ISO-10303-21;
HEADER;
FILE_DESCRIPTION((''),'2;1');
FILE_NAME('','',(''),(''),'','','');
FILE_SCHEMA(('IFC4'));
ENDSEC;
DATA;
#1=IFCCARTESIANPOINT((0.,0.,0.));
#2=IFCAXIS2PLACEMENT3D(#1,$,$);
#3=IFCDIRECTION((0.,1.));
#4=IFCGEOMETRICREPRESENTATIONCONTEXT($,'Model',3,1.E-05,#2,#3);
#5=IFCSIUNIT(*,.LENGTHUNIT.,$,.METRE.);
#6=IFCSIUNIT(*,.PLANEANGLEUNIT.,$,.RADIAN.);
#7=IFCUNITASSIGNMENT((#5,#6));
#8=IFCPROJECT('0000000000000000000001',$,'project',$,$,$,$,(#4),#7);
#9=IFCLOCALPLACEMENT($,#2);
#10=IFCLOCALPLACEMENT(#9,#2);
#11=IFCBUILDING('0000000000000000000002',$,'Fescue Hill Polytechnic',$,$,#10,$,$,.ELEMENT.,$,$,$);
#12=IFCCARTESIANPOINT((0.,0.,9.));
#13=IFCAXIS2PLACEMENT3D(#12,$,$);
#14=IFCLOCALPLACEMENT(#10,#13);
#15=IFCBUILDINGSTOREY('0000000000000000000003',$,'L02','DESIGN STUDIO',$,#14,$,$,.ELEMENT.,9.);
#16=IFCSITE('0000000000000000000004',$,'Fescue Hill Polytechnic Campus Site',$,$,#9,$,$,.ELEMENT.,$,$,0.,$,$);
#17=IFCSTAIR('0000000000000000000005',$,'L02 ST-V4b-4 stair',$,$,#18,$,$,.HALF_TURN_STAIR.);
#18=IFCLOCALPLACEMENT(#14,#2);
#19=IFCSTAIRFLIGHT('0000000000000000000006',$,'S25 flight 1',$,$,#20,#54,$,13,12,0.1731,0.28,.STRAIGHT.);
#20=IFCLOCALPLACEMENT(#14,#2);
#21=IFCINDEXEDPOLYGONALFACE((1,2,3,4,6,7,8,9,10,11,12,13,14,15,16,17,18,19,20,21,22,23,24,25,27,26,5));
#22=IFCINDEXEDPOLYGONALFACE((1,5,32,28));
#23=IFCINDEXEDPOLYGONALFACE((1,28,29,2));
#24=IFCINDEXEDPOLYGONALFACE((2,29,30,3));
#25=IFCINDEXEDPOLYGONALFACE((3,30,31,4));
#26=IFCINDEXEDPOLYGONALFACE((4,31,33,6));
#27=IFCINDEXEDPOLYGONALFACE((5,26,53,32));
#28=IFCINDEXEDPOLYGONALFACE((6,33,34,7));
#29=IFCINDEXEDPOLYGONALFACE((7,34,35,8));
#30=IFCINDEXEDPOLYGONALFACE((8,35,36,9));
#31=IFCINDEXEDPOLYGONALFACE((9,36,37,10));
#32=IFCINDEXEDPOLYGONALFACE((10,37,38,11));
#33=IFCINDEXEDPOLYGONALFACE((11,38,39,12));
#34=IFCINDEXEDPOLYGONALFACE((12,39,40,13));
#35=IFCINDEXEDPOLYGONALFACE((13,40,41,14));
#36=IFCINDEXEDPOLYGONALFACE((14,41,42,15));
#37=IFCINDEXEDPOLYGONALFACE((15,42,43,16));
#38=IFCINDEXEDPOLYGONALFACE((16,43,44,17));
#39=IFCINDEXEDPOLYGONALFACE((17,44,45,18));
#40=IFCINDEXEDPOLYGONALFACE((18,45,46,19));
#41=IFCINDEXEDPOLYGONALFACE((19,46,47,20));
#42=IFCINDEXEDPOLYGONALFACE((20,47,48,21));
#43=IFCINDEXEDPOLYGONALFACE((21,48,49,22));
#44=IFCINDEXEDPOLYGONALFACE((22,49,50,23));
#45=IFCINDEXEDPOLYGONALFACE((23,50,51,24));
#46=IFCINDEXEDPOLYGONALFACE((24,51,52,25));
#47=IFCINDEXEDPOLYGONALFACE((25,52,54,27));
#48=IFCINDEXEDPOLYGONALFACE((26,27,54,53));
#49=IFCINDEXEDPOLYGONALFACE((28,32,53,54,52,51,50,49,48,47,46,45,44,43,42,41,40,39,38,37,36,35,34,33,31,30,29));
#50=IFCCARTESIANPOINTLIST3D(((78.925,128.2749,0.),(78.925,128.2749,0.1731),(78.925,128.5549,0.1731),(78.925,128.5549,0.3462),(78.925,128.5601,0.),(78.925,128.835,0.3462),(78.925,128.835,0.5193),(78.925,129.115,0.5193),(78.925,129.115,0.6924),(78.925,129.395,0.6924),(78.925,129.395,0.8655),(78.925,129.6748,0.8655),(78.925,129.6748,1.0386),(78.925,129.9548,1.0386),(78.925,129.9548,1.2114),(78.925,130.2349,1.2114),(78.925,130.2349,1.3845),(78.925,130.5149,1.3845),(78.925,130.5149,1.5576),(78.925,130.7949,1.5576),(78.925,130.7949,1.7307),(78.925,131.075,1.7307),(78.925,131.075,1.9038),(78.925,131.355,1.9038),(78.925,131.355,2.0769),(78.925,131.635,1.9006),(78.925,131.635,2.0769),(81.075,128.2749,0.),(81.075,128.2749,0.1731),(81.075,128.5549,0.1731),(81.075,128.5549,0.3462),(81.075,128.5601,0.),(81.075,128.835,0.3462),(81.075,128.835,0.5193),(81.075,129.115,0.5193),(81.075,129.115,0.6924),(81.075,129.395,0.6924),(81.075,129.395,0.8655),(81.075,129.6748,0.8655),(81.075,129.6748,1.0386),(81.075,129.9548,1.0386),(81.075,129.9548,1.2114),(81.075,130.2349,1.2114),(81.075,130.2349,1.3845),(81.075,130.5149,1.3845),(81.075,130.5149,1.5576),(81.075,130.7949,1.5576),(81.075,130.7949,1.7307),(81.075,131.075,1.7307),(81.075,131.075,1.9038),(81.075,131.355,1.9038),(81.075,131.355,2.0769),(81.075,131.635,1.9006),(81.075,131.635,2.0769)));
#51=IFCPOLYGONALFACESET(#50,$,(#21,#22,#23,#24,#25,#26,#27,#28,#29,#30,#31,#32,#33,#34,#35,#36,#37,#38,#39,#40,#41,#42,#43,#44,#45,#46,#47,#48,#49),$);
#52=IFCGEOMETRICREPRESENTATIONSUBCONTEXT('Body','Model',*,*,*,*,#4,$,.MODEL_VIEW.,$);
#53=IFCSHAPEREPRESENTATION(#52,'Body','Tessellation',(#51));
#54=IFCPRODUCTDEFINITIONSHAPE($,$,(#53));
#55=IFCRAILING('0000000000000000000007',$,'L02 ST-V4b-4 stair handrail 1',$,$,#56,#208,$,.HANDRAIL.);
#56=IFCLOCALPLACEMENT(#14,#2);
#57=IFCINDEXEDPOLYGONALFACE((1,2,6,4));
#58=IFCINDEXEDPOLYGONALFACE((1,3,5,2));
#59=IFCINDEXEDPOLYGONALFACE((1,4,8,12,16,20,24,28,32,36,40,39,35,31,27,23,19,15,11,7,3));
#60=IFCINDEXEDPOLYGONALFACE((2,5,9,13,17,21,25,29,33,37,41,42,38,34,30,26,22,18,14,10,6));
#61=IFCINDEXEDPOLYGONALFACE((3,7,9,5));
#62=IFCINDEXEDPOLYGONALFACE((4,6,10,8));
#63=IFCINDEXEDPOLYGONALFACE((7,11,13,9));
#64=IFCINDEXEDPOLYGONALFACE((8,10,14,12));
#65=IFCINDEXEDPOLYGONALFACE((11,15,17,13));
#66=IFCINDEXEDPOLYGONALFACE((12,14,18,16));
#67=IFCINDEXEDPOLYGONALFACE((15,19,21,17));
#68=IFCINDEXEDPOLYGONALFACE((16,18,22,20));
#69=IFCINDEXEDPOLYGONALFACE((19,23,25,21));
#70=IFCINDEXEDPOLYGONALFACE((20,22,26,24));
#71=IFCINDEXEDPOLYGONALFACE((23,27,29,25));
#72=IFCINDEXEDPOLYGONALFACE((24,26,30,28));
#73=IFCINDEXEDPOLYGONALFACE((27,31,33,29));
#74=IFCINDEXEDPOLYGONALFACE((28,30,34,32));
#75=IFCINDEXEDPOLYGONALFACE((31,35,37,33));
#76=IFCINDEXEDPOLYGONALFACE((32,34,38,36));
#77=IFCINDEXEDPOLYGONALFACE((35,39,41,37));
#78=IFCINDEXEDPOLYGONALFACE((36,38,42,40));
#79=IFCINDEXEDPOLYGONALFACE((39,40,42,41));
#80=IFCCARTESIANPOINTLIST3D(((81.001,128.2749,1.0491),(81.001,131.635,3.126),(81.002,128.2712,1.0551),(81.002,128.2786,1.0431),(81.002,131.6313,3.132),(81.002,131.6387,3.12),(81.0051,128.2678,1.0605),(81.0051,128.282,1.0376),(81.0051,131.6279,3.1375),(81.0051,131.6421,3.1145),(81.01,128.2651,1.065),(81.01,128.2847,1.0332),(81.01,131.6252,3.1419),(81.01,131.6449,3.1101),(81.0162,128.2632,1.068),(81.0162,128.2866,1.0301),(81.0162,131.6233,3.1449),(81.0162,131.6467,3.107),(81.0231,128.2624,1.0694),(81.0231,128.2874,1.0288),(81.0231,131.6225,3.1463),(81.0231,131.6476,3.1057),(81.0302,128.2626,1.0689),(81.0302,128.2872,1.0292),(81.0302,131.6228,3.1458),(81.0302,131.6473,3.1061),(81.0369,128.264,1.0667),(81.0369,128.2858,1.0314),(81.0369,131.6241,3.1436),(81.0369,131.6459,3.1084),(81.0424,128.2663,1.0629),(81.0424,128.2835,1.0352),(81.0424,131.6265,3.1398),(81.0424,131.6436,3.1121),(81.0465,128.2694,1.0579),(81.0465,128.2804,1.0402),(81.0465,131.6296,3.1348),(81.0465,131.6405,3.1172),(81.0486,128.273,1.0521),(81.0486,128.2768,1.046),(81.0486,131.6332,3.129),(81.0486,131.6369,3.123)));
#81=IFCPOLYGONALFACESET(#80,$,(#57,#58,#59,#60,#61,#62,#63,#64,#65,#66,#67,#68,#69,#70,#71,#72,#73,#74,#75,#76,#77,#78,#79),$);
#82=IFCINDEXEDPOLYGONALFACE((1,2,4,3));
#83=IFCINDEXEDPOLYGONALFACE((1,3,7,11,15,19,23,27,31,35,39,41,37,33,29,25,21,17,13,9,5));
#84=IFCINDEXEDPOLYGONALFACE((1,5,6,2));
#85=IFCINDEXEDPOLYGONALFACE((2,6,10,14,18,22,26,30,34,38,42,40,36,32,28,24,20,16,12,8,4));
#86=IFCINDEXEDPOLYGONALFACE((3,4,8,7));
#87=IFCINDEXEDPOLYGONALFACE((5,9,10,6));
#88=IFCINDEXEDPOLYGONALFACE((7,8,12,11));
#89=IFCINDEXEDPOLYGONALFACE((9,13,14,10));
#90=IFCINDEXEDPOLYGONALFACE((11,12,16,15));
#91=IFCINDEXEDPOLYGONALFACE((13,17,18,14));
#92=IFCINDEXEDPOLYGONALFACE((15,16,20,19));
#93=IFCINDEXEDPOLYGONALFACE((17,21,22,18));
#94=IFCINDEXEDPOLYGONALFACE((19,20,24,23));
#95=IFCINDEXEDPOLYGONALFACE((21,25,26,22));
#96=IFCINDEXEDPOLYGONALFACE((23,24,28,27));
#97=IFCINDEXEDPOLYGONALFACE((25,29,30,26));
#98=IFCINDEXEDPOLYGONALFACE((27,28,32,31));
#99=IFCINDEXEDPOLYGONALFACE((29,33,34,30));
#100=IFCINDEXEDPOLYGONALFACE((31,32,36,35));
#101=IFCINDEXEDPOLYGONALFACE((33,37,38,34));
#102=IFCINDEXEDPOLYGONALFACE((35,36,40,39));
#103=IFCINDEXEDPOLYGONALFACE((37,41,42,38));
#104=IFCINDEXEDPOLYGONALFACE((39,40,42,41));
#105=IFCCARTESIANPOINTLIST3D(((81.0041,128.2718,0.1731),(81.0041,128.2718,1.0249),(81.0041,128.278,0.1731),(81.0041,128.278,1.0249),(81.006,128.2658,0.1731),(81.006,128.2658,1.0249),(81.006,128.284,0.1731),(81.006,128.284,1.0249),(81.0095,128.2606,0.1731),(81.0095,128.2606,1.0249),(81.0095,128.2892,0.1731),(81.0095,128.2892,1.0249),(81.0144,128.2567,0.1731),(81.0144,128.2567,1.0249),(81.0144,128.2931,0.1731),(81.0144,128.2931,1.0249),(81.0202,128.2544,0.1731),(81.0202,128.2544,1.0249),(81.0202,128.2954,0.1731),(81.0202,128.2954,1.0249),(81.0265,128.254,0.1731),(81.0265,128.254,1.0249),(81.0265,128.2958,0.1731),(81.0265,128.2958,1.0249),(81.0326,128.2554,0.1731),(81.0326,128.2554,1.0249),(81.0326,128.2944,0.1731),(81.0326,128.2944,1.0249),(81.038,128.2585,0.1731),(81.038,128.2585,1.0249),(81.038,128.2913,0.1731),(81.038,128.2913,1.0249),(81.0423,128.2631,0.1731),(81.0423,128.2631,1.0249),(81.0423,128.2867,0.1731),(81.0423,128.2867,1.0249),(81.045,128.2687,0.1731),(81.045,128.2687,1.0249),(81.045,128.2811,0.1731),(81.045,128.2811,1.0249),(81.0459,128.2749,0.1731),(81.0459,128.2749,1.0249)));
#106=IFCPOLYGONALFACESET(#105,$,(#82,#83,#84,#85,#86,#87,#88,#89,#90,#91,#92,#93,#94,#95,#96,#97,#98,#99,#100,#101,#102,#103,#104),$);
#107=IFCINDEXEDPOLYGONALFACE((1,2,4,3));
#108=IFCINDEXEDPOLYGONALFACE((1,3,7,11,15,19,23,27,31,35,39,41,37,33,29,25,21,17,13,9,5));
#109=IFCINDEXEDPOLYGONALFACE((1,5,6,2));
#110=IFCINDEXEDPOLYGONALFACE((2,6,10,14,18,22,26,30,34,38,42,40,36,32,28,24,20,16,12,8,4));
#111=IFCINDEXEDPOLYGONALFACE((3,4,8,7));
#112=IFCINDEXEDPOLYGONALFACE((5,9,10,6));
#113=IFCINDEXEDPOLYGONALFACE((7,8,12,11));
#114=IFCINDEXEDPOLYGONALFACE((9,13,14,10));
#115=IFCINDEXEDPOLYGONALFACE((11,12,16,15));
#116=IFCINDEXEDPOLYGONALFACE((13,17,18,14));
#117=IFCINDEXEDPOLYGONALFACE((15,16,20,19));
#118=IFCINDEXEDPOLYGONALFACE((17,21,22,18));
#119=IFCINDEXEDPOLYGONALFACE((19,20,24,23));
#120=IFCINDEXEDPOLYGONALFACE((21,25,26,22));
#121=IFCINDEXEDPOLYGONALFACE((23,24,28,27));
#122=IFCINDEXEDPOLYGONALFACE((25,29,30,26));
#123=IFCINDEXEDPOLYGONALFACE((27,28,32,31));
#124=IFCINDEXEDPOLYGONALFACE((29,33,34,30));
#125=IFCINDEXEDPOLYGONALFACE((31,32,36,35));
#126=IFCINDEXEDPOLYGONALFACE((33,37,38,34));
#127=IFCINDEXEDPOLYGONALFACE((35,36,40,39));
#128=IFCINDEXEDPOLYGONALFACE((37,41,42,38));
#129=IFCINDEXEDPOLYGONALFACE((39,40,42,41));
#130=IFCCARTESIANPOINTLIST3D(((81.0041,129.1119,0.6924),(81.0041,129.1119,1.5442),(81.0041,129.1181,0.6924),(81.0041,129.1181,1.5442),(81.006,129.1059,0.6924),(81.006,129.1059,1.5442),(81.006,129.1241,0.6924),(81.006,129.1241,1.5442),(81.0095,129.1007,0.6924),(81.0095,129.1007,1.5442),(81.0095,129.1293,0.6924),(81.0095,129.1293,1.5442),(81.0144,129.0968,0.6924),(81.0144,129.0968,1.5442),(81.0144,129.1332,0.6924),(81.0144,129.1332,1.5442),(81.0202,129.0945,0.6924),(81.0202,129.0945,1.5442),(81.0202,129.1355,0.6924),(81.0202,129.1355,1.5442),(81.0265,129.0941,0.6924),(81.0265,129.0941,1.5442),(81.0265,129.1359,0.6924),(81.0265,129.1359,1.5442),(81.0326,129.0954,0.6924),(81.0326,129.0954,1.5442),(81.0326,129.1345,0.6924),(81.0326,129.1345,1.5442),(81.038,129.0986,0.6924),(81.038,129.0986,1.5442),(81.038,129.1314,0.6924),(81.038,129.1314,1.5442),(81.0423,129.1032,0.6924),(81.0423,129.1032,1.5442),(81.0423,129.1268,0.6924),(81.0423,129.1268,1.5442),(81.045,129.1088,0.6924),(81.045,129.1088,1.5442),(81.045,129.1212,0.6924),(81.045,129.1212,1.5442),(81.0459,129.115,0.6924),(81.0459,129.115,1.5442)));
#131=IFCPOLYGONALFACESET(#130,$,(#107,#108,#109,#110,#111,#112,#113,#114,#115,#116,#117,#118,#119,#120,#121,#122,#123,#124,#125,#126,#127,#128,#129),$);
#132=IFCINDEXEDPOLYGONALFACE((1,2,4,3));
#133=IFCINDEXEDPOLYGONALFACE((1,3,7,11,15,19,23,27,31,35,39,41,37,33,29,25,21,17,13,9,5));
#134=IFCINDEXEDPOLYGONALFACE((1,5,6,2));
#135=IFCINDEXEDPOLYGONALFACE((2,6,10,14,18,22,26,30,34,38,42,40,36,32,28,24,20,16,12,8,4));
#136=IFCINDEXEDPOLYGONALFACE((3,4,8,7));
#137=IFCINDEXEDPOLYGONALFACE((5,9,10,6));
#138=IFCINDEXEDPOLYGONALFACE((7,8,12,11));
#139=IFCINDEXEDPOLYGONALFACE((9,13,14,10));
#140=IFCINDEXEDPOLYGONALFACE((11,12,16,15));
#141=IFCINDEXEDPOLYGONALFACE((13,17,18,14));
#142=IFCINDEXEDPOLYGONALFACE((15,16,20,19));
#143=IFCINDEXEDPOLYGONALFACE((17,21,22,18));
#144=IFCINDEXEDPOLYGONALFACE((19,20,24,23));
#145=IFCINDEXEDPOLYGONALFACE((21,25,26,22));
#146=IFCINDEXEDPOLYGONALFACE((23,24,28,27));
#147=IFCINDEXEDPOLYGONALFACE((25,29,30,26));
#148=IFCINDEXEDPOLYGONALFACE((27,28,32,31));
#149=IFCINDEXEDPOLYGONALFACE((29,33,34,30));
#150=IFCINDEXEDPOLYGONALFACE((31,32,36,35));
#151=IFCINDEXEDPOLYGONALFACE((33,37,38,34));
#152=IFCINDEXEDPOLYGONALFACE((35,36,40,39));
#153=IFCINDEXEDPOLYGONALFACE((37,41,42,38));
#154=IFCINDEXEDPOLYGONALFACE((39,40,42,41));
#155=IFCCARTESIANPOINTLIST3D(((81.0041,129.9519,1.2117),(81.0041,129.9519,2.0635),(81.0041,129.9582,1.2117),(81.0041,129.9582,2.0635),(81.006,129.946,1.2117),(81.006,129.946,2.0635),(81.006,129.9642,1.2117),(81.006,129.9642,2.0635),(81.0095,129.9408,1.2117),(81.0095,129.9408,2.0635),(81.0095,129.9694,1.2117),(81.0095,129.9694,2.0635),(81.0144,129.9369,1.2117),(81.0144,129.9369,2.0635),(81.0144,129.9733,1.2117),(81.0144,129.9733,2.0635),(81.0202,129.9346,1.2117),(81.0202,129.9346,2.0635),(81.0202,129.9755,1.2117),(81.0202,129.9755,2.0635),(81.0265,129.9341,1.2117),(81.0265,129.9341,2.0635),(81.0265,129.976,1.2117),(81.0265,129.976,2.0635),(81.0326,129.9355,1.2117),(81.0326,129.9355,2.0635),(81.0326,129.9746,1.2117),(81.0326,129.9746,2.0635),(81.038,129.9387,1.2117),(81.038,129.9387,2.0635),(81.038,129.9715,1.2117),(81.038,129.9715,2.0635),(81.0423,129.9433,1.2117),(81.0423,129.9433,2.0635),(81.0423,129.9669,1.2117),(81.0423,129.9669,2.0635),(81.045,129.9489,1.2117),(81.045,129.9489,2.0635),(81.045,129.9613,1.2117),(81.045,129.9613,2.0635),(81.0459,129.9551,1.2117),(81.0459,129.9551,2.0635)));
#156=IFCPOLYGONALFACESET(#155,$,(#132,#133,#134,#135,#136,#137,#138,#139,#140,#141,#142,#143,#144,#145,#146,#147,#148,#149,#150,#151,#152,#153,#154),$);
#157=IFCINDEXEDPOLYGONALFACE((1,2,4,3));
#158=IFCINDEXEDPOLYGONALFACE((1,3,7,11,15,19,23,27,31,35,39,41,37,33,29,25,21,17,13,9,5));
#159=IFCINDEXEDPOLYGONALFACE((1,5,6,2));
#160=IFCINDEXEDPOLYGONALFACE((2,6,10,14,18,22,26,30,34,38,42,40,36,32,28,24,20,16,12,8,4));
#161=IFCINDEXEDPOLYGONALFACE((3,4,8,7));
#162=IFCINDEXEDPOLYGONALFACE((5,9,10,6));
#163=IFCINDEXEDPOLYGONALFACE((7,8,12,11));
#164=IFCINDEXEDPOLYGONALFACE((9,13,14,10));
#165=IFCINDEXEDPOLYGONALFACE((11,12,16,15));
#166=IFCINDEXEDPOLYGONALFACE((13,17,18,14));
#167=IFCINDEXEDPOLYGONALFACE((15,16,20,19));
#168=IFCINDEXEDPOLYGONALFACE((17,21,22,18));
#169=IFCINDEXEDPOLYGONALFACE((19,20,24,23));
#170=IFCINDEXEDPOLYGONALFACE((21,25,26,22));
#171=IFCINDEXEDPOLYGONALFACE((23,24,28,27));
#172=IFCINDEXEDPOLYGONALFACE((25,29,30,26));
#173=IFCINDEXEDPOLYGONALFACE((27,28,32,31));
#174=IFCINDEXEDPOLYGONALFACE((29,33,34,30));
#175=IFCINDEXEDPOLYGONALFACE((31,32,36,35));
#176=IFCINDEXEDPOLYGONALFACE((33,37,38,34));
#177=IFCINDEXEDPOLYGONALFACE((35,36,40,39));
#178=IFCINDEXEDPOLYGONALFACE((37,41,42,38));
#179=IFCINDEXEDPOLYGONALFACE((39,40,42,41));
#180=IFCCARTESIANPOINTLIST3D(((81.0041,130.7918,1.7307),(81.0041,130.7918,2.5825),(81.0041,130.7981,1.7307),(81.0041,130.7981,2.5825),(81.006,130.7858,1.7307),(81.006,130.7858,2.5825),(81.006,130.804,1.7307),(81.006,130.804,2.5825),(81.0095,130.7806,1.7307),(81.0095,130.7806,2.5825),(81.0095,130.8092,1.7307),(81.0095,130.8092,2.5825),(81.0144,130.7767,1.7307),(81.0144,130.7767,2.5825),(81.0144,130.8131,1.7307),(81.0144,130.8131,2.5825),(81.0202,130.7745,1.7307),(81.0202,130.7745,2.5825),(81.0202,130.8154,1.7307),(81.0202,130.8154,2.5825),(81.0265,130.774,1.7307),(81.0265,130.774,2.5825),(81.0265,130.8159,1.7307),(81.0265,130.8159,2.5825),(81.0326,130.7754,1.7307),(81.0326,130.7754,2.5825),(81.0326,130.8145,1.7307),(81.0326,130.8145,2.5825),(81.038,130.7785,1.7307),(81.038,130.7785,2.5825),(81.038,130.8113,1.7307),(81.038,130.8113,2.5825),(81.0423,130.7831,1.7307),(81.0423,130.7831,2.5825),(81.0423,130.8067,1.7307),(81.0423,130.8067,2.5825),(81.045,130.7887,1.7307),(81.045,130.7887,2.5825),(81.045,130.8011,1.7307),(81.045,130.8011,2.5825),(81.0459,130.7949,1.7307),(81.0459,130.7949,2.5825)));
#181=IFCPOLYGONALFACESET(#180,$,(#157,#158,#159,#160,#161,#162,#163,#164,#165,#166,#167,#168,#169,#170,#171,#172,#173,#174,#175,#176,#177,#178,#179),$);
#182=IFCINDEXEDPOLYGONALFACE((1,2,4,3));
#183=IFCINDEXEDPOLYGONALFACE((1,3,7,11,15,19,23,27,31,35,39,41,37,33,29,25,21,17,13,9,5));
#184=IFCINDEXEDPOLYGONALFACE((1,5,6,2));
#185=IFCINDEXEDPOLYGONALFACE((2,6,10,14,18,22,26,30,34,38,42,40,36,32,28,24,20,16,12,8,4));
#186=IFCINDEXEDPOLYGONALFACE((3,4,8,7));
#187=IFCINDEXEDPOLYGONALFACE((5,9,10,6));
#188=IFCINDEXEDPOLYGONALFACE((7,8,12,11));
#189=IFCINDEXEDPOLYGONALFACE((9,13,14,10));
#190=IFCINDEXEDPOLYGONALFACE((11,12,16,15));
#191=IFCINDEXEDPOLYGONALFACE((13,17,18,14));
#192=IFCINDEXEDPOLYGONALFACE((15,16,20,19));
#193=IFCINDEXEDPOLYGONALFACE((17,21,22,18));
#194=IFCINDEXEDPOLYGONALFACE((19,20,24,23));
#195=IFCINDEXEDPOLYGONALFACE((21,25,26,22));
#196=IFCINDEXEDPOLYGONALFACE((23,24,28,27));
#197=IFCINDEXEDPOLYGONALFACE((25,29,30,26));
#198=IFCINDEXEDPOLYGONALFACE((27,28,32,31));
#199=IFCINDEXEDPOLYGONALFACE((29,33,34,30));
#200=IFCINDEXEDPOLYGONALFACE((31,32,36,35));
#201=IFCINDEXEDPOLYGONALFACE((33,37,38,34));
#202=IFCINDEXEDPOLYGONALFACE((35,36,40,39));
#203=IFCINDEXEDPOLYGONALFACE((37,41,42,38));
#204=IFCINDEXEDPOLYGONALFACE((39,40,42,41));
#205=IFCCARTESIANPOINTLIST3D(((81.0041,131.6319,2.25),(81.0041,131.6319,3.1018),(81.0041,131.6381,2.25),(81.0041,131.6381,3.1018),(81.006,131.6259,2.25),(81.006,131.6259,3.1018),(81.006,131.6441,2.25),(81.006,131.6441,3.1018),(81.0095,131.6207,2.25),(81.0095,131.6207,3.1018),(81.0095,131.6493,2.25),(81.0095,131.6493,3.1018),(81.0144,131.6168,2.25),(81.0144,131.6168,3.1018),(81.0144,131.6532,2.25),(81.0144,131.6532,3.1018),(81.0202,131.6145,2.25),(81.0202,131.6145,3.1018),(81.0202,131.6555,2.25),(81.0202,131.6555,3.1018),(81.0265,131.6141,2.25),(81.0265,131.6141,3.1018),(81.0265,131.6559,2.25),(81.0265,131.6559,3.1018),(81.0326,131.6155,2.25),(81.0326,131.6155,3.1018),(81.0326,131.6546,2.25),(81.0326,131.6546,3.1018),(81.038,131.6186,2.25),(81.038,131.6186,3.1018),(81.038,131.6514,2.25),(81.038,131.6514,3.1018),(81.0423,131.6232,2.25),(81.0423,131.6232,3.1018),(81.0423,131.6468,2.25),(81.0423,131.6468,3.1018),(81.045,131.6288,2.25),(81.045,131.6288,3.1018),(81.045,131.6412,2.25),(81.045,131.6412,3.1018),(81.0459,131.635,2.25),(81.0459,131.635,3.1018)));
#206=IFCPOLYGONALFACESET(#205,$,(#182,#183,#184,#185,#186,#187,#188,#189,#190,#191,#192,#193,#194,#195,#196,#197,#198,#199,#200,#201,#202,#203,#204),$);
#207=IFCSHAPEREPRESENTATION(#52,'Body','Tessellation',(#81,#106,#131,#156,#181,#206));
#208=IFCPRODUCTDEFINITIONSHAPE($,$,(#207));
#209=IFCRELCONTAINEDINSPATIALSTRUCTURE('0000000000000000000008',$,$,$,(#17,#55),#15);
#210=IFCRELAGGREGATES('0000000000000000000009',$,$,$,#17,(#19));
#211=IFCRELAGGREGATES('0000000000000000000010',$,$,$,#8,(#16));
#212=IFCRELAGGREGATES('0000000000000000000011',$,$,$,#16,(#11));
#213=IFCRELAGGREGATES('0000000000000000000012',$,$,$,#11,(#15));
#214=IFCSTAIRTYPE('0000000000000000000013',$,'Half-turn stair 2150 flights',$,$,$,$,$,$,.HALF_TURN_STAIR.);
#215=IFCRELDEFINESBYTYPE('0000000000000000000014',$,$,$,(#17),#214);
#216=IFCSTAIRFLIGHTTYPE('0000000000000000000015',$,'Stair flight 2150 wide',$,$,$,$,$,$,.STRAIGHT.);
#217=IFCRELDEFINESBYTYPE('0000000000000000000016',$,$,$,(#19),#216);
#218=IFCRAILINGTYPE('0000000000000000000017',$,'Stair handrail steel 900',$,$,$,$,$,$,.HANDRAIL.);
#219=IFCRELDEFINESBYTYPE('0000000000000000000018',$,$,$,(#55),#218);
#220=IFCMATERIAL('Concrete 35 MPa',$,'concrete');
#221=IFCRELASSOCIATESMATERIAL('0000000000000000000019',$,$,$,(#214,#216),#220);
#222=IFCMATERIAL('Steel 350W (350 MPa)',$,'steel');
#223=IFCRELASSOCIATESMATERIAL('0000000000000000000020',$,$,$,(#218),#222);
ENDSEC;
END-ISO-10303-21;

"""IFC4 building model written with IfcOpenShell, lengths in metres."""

from ifc_helpers import new_model, si_unit, direction, frame, origin, origin_2d, place, context, subcontext, project, spatial, polyline, circle, outline, extrude, material, type_object, element, aggregate, save


model = new_model("IFC4")

# Units and contexts
model_context = context("Model", 3, precision=1e-05, world=origin(), true_north=direction((0.0, 1.0)))
body_context = subcontext(model_context, "Body", "Model", "MODEL_VIEW")
ifc_project = project(units=[si_unit("LENGTHUNIT", "METRE"), si_unit("PLANEANGLEUNIT", "RADIAN")], contexts=[model_context])

# Site, building, storey
site_placement = place(None, origin())
site = spatial("IfcSite", under=ifc_project, at=site_placement, Name="Fescue Hill Polytechnic Campus Site", CompositionType="ELEMENT", RefElevation=0.0)
building_placement = place(site_placement, origin())
building = spatial("IfcBuilding", under=site, at=building_placement, Name="Fescue Hill Polytechnic", CompositionType="ELEMENT")
storey_placement = place(building_placement, frame((0.0, 0.0, 9.0)))
storey = spatial("IfcBuildingStorey", under=building, at=storey_placement, Name="L02", Description="DESIGN STUDIO", CompositionType="ELEMENT", Elevation=9.0)

# Stair, stair flight
ifc_material_1 = material(Name="Concrete 35 MPa", Category="concrete")
stair_type = type_object("IfcStairType", Name="Half-turn stair 2150 flights", PredefinedType="HALF_TURN_STAIR", material=ifc_material_1)
stair_placement = place(storey_placement, origin())
stair = element("IfcStair", 1, at=stair_placement, inside=storey, type_object=stair_type, Name="L02 ST-V4b-4 stair", PredefinedType="HALF_TURN_STAIR")
stair_flight_type = type_object("IfcStairFlightType", Name="Stair flight 2150 wide", PredefinedType="STRAIGHT", material=ifc_material_1)
stair_flight_placement = place(storey_placement, frame((80.0, 128.2749, 0.0), z_axis=(0.0, 0.0, 1.0), x_axis=(0.0, 1.0, 0.0)))
stair_flight = element("IfcStairFlight", 2, at=stair_flight_placement, type_object=stair_flight_type, Name="S25 flight 1", NumberOfRisers=13, NumberOfTreads=12, PredefinedType="STRAIGHT", RiserHeight=0.1731, TreadLength=0.28, context=body_context, shape_type="SweptSolid", body=[
    extrude(outline(polyline([(0.0, 0.0), (0.0, 0.1731), (0.28, 0.1731), (0.28, 0.3462), (0.5601, 0.3462), (0.5601, 0.5193), (0.8401, 0.5193), (0.8401, 0.6924), (1.1201, 0.6924), (1.1201, 0.8655), (1.3999, 0.8655), (1.3999, 1.0386), (1.6799, 1.0386), (1.6799, 1.2114), (1.96, 1.2114), (1.96, 1.3845), (2.24, 1.3845), (2.24, 1.5576), (2.52, 1.5576), (2.52, 1.7307), (2.8, 1.7307), (2.8, 1.9038), (3.0801, 1.9038), (3.0801, 2.0769), (3.3601, 2.0769), (3.3601, 2.25), (3.3601, 1.9006), (0.2852, 0.0), (0.0, 0.0)])), frame((0.0, 1.075, 0.0), z_axis=(0.0, -1.0, 0.0), x_axis=(1.0, 0.0, 0.0)), (0.0, 0.0, 1.0), 2.1499),
])
aggregate(stair, [stair_flight])

# Railing
ifc_material_2 = material(Name="Steel 350W (350 MPa)", Category="steel")
railing_type = type_object("IfcRailingType", Name="Stair handrail steel 900", PredefinedType="HANDRAIL", material=ifc_material_2)
for number, where, name in (
    (3, (81.0249, 128.2749, 0.1731), "L02 ST-V4b-4 stair handrail 1"),
):
    element("IfcRailing", number, at=place(storey_placement, frame(where)), inside=storey, type_object=railing_type, Name=name, PredefinedType="HANDRAIL", context=body_context, shape_type="SweptSolid", body=[
        extrude(circle(Radius=0.0239, at=origin_2d()), frame((0.0, 0.0, 0.876), z_axis=(0.0, 0.850623, 0.525776), x_axis=(-1.0, 0.0, 0.0)), (0.0, 0.0, 1.0), 3.9502),
        extrude(circle(Radius=0.021, at=origin_2d()), origin(), (0.0, 0.0, 1.0), 0.8518),
        extrude(circle(Radius=0.021, at=origin_2d()), frame((0.0, 0.8401, 0.5193)), (0.0, 0.0, 1.0), 0.8518),
        extrude(circle(Radius=0.021, at=origin_2d()), frame((0.0, 1.6802, 1.0386)), (0.0, 0.0, 1.0), 0.8518),
        extrude(circle(Radius=0.021, at=origin_2d()), frame((0.0, 2.52, 1.5576)), (0.0, 0.0, 1.0), 0.8518),
        extrude(circle(Radius=0.021, at=origin_2d()), frame((0.0, 3.3601, 2.0769)), (0.0, 0.0, 1.0), 0.8518),
    ])

save(model, "model.ifc")
